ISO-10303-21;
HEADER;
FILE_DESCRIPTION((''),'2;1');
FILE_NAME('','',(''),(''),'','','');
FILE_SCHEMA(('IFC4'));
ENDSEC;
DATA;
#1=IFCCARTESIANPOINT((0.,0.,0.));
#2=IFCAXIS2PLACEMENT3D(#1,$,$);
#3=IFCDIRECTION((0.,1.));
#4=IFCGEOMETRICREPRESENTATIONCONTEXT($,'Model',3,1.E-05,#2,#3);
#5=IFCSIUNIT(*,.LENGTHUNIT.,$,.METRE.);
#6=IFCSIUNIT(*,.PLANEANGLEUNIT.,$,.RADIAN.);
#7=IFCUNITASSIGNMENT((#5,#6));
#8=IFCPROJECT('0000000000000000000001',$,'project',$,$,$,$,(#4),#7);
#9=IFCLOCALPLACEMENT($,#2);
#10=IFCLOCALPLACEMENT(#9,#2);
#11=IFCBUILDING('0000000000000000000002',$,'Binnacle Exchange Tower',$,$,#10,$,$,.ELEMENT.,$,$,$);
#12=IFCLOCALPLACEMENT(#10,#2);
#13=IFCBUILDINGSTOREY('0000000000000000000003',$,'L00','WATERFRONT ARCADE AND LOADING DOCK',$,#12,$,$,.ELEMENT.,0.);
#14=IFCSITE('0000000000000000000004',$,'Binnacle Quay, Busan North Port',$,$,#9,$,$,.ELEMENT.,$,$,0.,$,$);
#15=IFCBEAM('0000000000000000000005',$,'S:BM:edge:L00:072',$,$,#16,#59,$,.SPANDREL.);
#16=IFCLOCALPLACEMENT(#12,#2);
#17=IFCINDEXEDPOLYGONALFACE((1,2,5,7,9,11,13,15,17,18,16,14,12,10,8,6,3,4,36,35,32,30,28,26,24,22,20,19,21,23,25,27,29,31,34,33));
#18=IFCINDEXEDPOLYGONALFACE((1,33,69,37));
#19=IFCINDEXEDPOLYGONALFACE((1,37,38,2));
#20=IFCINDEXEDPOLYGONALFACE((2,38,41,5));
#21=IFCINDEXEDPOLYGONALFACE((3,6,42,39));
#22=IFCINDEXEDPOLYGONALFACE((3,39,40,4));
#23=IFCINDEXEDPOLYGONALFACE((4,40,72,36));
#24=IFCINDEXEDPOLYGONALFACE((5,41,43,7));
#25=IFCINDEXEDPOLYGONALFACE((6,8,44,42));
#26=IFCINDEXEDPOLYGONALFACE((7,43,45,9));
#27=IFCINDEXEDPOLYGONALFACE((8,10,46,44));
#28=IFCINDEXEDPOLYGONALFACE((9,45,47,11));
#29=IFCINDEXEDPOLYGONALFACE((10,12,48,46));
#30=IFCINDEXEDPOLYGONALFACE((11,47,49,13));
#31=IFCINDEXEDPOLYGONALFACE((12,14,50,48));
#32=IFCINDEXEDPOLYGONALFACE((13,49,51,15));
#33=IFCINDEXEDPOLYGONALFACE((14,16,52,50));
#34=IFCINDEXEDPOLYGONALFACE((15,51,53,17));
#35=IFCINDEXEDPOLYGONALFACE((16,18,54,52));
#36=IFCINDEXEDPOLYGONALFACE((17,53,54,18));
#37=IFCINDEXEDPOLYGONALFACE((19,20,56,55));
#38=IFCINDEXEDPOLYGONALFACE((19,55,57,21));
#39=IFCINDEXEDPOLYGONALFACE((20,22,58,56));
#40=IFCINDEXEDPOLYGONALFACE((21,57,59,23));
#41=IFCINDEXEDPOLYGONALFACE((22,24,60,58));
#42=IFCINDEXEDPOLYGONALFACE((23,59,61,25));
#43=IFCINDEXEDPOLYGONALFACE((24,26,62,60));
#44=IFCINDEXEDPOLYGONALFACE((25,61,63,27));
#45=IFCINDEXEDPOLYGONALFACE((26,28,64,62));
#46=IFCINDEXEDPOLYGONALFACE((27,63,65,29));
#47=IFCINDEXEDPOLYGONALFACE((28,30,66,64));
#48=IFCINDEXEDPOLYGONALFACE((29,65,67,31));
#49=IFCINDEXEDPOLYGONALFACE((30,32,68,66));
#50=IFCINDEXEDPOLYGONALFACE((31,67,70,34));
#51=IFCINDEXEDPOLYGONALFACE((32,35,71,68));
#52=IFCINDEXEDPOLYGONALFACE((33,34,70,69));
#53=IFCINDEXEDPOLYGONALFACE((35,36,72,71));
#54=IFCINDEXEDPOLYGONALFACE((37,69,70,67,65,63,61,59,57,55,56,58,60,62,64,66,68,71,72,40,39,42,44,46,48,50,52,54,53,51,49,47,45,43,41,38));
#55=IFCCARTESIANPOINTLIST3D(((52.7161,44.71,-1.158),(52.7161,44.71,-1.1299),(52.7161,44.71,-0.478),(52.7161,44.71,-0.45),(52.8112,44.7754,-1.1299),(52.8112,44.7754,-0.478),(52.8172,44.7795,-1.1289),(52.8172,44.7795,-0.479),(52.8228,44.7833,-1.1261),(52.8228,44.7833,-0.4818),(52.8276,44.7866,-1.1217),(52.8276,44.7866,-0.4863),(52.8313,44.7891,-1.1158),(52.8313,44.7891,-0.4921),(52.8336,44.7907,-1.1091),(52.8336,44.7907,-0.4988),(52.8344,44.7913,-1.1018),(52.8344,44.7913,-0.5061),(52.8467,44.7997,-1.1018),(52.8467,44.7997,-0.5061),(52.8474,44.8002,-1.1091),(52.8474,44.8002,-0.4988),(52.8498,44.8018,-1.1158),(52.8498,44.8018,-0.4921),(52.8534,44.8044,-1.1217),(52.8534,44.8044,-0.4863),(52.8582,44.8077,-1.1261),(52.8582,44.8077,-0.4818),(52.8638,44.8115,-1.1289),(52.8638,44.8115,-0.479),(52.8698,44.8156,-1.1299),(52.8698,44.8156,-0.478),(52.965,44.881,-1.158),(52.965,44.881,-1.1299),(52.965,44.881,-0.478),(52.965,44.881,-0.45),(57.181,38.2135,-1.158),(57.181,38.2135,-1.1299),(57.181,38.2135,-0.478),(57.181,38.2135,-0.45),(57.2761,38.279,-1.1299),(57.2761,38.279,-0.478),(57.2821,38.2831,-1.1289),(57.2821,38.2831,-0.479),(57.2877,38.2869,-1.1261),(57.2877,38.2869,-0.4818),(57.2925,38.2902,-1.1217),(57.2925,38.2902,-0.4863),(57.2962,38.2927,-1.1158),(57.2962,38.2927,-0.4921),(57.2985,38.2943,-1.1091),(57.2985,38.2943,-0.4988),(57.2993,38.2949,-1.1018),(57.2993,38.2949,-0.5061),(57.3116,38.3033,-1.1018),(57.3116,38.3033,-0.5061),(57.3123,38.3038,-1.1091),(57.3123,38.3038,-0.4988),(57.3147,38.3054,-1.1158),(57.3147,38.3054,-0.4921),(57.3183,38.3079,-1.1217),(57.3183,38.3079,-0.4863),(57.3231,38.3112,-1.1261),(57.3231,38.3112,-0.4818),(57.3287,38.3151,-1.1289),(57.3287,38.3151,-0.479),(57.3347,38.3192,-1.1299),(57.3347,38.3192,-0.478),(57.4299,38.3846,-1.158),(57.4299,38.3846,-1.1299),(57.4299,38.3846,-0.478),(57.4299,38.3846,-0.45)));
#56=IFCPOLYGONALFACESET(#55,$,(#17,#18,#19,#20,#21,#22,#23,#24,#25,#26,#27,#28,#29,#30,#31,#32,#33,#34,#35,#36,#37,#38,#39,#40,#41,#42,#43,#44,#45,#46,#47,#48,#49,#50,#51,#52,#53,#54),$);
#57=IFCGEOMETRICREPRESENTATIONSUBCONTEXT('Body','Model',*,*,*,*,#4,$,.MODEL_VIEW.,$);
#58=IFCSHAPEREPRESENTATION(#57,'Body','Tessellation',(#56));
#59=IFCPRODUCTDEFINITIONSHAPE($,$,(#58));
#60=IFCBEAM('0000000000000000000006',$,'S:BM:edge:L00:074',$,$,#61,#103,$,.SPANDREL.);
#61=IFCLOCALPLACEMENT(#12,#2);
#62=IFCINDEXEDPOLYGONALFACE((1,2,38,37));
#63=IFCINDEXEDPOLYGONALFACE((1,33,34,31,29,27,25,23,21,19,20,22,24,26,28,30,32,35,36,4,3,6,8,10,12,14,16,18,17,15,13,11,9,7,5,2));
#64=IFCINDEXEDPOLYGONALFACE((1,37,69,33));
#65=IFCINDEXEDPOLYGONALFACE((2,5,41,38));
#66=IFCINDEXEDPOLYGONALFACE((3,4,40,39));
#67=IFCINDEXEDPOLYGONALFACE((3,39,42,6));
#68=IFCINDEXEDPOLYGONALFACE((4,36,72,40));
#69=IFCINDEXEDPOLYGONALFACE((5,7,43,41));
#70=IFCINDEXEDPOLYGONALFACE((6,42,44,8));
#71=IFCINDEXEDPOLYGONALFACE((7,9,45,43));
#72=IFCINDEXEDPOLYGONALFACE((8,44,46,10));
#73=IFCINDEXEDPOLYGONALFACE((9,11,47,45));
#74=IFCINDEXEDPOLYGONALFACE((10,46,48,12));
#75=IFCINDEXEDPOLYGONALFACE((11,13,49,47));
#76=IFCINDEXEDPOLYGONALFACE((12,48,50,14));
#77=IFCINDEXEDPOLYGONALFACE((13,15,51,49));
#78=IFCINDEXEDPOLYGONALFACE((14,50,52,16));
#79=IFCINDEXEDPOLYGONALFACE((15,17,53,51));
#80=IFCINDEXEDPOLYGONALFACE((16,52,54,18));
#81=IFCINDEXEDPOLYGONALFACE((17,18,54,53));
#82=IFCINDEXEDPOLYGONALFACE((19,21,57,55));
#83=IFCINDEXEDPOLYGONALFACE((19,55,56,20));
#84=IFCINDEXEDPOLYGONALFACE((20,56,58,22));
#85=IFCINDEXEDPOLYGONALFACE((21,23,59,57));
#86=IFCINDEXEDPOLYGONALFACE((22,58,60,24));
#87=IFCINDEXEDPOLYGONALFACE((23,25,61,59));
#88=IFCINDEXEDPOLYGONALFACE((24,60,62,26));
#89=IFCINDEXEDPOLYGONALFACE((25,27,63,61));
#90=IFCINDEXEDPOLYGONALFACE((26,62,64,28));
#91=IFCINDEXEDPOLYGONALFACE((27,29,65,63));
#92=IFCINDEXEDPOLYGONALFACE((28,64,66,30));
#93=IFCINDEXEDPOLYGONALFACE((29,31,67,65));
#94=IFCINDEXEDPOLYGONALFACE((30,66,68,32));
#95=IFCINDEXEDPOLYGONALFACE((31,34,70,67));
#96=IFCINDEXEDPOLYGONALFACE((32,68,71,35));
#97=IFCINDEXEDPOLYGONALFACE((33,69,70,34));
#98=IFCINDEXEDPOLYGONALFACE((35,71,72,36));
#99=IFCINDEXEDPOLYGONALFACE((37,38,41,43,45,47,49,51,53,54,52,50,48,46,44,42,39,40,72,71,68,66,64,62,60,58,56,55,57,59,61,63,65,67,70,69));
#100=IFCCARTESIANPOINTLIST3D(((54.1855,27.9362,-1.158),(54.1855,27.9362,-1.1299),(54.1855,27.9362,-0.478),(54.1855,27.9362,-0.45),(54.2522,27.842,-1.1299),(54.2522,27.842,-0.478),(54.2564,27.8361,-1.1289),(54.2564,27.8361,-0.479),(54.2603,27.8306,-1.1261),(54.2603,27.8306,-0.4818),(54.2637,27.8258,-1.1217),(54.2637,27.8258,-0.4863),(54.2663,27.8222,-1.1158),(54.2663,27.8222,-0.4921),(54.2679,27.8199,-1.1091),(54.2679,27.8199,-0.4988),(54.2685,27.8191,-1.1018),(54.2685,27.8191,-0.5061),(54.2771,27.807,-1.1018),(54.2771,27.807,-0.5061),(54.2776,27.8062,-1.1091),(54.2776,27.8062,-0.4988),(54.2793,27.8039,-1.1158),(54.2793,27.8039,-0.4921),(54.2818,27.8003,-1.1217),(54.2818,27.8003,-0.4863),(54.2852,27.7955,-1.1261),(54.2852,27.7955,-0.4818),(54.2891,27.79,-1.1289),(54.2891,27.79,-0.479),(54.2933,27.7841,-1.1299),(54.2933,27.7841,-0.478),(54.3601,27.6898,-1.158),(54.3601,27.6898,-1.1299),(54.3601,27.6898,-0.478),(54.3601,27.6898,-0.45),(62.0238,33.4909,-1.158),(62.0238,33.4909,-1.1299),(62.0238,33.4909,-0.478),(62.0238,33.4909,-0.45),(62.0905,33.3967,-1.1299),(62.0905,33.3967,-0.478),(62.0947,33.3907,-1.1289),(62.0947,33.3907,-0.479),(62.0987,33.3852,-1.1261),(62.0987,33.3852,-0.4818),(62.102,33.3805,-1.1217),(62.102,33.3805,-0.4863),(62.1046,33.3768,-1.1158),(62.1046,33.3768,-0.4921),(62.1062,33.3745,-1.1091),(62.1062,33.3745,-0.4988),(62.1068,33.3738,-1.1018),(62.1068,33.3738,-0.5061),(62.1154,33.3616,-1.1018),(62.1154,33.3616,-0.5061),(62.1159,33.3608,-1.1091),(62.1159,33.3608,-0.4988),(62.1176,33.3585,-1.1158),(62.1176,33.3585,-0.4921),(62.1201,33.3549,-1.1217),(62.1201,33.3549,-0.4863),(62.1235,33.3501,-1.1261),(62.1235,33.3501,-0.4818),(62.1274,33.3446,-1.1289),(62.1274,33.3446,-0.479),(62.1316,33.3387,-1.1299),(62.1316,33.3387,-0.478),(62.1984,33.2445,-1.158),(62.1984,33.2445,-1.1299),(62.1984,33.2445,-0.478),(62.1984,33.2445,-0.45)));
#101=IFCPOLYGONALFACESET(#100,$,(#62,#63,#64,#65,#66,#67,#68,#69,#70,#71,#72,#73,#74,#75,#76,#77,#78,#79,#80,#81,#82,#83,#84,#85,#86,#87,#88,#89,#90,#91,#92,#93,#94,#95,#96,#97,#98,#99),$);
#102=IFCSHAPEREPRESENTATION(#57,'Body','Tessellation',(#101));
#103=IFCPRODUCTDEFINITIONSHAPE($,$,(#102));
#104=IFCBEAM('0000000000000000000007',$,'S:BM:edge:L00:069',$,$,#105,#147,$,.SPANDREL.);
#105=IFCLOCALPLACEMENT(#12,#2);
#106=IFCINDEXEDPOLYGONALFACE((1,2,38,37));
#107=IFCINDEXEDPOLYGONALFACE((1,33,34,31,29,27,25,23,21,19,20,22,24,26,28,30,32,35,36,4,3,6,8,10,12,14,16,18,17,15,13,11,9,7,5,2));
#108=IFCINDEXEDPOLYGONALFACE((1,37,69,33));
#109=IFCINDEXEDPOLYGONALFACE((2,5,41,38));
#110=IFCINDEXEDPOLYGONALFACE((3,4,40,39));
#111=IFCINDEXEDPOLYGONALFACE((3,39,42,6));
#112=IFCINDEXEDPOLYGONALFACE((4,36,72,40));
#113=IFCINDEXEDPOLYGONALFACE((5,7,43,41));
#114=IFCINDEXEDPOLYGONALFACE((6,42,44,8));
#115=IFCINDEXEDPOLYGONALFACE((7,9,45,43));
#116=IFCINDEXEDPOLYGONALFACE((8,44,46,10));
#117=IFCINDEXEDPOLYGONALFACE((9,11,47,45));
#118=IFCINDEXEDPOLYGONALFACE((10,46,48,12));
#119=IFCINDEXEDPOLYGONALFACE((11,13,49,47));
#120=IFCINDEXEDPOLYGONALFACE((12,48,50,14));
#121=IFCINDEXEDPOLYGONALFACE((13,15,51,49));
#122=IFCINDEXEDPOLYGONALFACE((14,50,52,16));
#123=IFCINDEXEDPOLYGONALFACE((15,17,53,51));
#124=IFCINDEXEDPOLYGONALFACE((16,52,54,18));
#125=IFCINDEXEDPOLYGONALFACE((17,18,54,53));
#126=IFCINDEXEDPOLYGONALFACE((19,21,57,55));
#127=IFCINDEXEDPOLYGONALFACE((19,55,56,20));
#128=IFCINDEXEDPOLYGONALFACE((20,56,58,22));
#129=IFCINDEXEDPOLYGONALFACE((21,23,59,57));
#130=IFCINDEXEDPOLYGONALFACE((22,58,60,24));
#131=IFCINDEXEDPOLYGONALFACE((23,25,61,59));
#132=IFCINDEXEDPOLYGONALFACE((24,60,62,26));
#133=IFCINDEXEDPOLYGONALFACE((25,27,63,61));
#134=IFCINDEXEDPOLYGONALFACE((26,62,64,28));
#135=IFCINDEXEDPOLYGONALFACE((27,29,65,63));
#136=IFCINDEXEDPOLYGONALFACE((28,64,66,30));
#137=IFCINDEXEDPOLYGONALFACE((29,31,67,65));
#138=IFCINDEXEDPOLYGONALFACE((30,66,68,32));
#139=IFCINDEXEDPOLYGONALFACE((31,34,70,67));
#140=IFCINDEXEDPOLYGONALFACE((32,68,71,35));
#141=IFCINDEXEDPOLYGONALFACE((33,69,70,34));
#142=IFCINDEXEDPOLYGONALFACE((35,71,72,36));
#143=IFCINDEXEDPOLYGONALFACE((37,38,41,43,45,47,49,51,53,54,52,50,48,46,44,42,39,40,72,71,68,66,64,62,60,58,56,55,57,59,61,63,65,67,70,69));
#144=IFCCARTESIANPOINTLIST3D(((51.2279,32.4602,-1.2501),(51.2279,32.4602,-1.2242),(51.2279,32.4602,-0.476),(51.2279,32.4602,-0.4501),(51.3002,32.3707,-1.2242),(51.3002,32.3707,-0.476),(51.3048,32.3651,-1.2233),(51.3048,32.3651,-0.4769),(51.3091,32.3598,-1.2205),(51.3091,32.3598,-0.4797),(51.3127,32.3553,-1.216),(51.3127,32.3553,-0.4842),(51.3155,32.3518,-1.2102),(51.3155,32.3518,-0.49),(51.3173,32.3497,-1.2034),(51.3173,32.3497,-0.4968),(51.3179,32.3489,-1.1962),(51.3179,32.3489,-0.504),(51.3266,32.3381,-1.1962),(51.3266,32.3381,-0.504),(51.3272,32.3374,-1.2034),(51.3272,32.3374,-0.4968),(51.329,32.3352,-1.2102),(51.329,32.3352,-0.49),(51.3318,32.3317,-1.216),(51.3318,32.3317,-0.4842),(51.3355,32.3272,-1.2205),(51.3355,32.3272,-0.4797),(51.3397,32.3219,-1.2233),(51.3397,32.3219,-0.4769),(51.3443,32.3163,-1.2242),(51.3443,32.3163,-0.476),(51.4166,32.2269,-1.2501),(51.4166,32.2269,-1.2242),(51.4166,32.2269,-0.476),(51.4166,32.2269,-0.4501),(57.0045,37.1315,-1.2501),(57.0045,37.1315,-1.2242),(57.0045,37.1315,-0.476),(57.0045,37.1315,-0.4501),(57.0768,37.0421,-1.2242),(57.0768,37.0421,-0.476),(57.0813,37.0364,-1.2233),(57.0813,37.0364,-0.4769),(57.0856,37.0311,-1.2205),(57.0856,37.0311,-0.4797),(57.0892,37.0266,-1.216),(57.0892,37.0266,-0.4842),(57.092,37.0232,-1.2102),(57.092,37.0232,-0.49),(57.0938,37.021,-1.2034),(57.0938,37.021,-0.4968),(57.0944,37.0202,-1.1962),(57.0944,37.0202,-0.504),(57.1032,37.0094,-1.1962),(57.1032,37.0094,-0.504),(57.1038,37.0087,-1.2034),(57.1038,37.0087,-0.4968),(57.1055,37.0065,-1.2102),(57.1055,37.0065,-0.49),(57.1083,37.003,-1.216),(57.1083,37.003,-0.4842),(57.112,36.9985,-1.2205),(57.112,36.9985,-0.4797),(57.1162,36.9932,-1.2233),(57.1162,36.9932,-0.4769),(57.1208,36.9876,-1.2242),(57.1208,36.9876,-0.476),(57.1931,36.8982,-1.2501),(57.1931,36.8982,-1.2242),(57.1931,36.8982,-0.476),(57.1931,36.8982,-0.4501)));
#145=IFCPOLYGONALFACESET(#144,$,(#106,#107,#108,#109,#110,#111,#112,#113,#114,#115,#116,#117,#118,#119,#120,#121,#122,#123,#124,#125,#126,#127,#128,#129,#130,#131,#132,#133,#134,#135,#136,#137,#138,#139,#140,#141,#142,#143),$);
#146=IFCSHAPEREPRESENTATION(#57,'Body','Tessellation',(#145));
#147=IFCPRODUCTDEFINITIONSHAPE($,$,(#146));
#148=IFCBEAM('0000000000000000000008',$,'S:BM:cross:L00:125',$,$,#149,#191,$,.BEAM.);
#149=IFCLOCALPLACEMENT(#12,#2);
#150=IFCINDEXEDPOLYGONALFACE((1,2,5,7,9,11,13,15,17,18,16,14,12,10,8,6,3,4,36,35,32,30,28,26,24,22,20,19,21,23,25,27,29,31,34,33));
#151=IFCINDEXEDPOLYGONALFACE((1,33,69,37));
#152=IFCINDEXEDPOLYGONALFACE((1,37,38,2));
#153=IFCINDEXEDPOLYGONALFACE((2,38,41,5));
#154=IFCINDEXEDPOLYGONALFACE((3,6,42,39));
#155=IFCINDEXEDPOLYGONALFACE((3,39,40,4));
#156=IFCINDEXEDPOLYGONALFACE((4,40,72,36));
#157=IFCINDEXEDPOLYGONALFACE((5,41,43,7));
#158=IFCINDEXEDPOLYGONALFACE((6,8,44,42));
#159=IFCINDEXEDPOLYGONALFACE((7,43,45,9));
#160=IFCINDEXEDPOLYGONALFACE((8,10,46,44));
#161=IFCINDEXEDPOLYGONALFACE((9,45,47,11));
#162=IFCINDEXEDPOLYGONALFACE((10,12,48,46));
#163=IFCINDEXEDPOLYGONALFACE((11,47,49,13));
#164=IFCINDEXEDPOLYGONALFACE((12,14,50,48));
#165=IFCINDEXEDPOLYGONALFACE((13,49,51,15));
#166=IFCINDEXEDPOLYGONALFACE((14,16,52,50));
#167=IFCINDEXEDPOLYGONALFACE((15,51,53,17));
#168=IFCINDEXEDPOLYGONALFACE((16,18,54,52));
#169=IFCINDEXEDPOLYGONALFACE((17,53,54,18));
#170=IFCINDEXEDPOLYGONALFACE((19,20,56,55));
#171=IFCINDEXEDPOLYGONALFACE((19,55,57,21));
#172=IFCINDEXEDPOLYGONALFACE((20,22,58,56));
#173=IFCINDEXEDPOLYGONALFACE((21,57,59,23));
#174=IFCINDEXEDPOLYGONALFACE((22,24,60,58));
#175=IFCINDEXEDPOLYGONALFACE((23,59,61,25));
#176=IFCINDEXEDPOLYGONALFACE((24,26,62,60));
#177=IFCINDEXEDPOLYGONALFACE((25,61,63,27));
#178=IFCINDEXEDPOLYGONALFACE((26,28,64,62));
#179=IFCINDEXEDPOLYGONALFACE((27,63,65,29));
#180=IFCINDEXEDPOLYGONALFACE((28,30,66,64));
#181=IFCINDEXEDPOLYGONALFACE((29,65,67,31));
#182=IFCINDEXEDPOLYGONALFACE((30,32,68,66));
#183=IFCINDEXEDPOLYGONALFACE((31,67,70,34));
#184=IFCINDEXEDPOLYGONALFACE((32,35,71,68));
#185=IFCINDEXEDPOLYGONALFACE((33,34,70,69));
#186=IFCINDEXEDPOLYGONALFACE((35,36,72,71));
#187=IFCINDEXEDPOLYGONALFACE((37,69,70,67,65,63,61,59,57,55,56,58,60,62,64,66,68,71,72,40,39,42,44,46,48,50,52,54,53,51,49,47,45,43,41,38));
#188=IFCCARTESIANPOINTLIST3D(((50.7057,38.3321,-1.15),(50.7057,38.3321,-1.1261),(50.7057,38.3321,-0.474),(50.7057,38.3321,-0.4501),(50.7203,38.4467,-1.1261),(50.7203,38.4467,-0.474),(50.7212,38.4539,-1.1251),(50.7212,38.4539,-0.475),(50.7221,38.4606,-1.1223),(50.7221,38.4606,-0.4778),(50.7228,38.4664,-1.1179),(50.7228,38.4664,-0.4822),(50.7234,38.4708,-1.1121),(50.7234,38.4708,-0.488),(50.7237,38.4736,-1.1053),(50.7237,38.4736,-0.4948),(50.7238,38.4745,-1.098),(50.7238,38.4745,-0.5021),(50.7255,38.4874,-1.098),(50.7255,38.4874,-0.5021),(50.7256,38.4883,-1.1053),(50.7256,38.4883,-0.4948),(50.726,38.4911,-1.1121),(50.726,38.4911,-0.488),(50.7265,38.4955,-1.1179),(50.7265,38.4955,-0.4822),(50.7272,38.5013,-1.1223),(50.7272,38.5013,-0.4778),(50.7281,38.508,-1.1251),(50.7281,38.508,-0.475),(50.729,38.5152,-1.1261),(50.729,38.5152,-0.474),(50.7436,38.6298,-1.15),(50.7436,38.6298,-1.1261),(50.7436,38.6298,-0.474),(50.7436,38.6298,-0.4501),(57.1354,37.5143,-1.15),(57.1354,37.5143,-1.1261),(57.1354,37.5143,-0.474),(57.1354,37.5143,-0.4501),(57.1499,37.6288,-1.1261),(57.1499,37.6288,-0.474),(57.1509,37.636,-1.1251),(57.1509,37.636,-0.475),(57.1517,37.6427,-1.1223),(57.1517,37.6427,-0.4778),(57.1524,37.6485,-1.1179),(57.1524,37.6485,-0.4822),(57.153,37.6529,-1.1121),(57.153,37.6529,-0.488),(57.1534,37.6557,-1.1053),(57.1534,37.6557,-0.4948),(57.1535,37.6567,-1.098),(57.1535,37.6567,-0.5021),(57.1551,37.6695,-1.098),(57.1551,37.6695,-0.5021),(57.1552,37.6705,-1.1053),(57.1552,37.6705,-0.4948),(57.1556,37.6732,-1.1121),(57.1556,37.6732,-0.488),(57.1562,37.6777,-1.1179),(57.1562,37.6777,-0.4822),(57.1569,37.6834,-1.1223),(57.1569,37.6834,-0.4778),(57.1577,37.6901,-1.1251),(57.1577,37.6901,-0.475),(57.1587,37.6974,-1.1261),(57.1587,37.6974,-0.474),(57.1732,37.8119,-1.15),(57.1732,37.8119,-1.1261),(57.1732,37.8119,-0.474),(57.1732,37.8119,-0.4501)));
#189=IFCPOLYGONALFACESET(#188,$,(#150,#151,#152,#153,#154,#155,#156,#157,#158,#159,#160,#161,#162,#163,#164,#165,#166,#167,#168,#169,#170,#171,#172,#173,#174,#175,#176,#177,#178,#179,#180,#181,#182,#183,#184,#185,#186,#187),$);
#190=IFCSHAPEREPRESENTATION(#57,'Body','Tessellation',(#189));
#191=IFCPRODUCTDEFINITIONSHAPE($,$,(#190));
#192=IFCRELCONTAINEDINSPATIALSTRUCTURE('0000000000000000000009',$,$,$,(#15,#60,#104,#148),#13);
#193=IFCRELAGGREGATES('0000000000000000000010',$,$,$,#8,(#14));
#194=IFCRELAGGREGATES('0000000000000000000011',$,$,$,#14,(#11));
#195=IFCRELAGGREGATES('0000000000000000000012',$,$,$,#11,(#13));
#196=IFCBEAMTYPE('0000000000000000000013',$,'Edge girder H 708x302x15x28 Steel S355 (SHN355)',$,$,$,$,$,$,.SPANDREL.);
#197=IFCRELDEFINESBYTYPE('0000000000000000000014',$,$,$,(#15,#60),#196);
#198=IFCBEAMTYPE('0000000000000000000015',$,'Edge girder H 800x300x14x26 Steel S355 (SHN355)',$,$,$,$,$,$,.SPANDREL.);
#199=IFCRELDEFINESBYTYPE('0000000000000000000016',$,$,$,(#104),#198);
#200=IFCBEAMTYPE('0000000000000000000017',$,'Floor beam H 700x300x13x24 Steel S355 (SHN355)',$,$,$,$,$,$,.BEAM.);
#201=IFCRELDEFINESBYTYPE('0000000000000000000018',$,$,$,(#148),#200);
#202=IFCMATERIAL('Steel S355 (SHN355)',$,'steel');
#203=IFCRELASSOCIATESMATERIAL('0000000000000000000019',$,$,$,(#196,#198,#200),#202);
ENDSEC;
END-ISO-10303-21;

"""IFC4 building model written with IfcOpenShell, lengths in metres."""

from ifc_helpers import new_model, si_unit, direction, frame, origin, origin_2d, place, context, subcontext, project, spatial, i_section, extrude, material, material_profile, profile_set, type_object, element, save


model = new_model("IFC4")

# Units and contexts
model_context = context("Model", 3, precision=1e-05, world=origin(), true_north=direction((0.0, 1.0)))
body_context = subcontext(model_context, "Body", "Model", "MODEL_VIEW")
ifc_project = project(units=[si_unit("LENGTHUNIT", "METRE"), si_unit("PLANEANGLEUNIT", "RADIAN")], contexts=[model_context])

# Site, building, storey
site_placement = place(None, origin())
site = spatial("IfcSite", under=ifc_project, at=site_placement, Name="Binnacle Quay, Busan North Port", CompositionType="ELEMENT", RefElevation=0.0)
building_placement = place(site_placement, origin())
building = spatial("IfcBuilding", under=site, at=building_placement, Name="Binnacle Exchange Tower", CompositionType="ELEMENT")
storey_placement = place(building_placement, origin())
storey = spatial("IfcBuildingStorey", under=building, at=storey_placement, Name="L00", Description="WATERFRONT ARCADE AND LOADING DOCK", CompositionType="ELEMENT", Elevation=0.0)

# Beams
ifc_material_1 = material(Name="Steel S355 (SHN355)", Category="steel")
ifc_material_profile_1 = material_profile(ifc_material_1, i_section(OverallWidth=0.302, OverallDepth=0.708, WebThickness=0.0149, FlangeThickness=0.0281, FilletRadius=0.0281, at=origin_2d()), Name="H 708x302x15x28")
ifc_profile_set_1 = profile_set([ifc_material_profile_1], Name="Steel S355 (SHN355)")
beam_type_1 = type_object("IfcBeamType", Name="Edge girder H 708x302x15x28 Steel S355 (SHN355)", PredefinedType="SPANDREL", material=ifc_profile_set_1)
beam_1_placement = place(storey_placement, frame((57.3054, 38.2991, -0.804), z_axis=(-0.566409, 0.824124, 0.0), x_axis=(-0.824124, -0.566409, 0.0)))
element("IfcBeam", 1, at=beam_1_placement, inside=storey, type_object=beam_type_1, Name="S:BM:edge:L00:072", PredefinedType="SPANDREL", context=body_context, shape_type="SweptSolid", body=[
    extrude(i_section(OverallWidth=0.302, OverallDepth=0.708, WebThickness=0.0149, FlangeThickness=0.0281, FilletRadius=0.0281, at=origin_2d()), origin(), (0.0, 0.0, 1.0), 7.8828),
])
beam_2_placement = place(storey_placement, frame((62.1111, 33.3677, -0.804), z_axis=(-0.815902, -0.578191, 0.0), x_axis=(0.578191, -0.815902, 0.0)))
element("IfcBeam", 2, at=beam_2_placement, inside=storey, type_object=beam_type_1, Name="S:BM:edge:L00:074", PredefinedType="SPANDREL", context=body_context, shape_type="SweptSolid", body=[
    extrude(i_section(OverallWidth=0.302, OverallDepth=0.708, WebThickness=0.0149, FlangeThickness=0.0281, FilletRadius=0.0281, at=origin_2d()), origin(), (0.0, 0.0, 1.0), 9.6069),
])
ifc_material_profile_2 = material_profile(ifc_material_1, i_section(OverallWidth=0.3, OverallDepth=0.8, WebThickness=0.0139, FlangeThickness=0.0259, FilletRadius=0.0281, at=origin_2d()), Name="H 800x300x14x26")
ifc_profile_set_2 = profile_set([ifc_material_profile_2], Name="Steel S355 (SHN355)")
beam_type_2 = type_object("IfcBeamType", Name="Edge girder H 800x300x14x26 Steel S355 (SHN355)", PredefinedType="SPANDREL", material=ifc_profile_set_2)
beam_3_placement = place(storey_placement, frame((51.3223, 32.3435, -0.8501), z_axis=(0.777568, 0.628798, 0.0), x_axis=(-0.628798, 0.777568, 0.0)))
element("IfcBeam", 3, at=beam_3_placement, inside=storey, type_object=beam_type_2, Name="S:BM:edge:L00:069", PredefinedType="SPANDREL", context=body_context, shape_type="SweptSolid", body=[
    extrude(i_section(OverallWidth=0.3, OverallDepth=0.8, WebThickness=0.0139, FlangeThickness=0.0259, FilletRadius=0.0281, at=origin_2d()), origin(), (0.0, 0.0, 1.0), 7.429),
])
ifc_material_profile_3 = material_profile(ifc_material_1, i_section(OverallWidth=0.3, OverallDepth=0.7, WebThickness=0.0129, FlangeThickness=0.0239, FilletRadius=0.0281, at=origin_2d()), Name="H 700x300x13x24")
ifc_profile_set_3 = profile_set([ifc_material_profile_3], Name="Steel S355 (SHN355)")
beam_type_3 = type_object("IfcBeamType", Name="Floor beam H 700x300x13x24 Steel S355 (SHN355)", PredefinedType="BEAM", material=ifc_profile_set_3)
beam_4_placement = place(storey_placement, frame((57.1543, 37.6631, -0.8), z_axis=(-0.992007, 0.126186, 0.0), x_axis=(-0.126186, -0.992007, 0.0)))
element("IfcBeam", 4, at=beam_4_placement, inside=storey, type_object=beam_type_3, Name="S:BM:cross:L00:125", PredefinedType="BEAM", context=body_context, shape_type="SweptSolid", body=[
    extrude(i_section(OverallWidth=0.3, OverallDepth=0.7, WebThickness=0.0129, FlangeThickness=0.0239, FilletRadius=0.0281, at=origin_2d()), origin(), (0.0, 0.0, 1.0), 6.4814),
])

save(model, "model.ifc")
